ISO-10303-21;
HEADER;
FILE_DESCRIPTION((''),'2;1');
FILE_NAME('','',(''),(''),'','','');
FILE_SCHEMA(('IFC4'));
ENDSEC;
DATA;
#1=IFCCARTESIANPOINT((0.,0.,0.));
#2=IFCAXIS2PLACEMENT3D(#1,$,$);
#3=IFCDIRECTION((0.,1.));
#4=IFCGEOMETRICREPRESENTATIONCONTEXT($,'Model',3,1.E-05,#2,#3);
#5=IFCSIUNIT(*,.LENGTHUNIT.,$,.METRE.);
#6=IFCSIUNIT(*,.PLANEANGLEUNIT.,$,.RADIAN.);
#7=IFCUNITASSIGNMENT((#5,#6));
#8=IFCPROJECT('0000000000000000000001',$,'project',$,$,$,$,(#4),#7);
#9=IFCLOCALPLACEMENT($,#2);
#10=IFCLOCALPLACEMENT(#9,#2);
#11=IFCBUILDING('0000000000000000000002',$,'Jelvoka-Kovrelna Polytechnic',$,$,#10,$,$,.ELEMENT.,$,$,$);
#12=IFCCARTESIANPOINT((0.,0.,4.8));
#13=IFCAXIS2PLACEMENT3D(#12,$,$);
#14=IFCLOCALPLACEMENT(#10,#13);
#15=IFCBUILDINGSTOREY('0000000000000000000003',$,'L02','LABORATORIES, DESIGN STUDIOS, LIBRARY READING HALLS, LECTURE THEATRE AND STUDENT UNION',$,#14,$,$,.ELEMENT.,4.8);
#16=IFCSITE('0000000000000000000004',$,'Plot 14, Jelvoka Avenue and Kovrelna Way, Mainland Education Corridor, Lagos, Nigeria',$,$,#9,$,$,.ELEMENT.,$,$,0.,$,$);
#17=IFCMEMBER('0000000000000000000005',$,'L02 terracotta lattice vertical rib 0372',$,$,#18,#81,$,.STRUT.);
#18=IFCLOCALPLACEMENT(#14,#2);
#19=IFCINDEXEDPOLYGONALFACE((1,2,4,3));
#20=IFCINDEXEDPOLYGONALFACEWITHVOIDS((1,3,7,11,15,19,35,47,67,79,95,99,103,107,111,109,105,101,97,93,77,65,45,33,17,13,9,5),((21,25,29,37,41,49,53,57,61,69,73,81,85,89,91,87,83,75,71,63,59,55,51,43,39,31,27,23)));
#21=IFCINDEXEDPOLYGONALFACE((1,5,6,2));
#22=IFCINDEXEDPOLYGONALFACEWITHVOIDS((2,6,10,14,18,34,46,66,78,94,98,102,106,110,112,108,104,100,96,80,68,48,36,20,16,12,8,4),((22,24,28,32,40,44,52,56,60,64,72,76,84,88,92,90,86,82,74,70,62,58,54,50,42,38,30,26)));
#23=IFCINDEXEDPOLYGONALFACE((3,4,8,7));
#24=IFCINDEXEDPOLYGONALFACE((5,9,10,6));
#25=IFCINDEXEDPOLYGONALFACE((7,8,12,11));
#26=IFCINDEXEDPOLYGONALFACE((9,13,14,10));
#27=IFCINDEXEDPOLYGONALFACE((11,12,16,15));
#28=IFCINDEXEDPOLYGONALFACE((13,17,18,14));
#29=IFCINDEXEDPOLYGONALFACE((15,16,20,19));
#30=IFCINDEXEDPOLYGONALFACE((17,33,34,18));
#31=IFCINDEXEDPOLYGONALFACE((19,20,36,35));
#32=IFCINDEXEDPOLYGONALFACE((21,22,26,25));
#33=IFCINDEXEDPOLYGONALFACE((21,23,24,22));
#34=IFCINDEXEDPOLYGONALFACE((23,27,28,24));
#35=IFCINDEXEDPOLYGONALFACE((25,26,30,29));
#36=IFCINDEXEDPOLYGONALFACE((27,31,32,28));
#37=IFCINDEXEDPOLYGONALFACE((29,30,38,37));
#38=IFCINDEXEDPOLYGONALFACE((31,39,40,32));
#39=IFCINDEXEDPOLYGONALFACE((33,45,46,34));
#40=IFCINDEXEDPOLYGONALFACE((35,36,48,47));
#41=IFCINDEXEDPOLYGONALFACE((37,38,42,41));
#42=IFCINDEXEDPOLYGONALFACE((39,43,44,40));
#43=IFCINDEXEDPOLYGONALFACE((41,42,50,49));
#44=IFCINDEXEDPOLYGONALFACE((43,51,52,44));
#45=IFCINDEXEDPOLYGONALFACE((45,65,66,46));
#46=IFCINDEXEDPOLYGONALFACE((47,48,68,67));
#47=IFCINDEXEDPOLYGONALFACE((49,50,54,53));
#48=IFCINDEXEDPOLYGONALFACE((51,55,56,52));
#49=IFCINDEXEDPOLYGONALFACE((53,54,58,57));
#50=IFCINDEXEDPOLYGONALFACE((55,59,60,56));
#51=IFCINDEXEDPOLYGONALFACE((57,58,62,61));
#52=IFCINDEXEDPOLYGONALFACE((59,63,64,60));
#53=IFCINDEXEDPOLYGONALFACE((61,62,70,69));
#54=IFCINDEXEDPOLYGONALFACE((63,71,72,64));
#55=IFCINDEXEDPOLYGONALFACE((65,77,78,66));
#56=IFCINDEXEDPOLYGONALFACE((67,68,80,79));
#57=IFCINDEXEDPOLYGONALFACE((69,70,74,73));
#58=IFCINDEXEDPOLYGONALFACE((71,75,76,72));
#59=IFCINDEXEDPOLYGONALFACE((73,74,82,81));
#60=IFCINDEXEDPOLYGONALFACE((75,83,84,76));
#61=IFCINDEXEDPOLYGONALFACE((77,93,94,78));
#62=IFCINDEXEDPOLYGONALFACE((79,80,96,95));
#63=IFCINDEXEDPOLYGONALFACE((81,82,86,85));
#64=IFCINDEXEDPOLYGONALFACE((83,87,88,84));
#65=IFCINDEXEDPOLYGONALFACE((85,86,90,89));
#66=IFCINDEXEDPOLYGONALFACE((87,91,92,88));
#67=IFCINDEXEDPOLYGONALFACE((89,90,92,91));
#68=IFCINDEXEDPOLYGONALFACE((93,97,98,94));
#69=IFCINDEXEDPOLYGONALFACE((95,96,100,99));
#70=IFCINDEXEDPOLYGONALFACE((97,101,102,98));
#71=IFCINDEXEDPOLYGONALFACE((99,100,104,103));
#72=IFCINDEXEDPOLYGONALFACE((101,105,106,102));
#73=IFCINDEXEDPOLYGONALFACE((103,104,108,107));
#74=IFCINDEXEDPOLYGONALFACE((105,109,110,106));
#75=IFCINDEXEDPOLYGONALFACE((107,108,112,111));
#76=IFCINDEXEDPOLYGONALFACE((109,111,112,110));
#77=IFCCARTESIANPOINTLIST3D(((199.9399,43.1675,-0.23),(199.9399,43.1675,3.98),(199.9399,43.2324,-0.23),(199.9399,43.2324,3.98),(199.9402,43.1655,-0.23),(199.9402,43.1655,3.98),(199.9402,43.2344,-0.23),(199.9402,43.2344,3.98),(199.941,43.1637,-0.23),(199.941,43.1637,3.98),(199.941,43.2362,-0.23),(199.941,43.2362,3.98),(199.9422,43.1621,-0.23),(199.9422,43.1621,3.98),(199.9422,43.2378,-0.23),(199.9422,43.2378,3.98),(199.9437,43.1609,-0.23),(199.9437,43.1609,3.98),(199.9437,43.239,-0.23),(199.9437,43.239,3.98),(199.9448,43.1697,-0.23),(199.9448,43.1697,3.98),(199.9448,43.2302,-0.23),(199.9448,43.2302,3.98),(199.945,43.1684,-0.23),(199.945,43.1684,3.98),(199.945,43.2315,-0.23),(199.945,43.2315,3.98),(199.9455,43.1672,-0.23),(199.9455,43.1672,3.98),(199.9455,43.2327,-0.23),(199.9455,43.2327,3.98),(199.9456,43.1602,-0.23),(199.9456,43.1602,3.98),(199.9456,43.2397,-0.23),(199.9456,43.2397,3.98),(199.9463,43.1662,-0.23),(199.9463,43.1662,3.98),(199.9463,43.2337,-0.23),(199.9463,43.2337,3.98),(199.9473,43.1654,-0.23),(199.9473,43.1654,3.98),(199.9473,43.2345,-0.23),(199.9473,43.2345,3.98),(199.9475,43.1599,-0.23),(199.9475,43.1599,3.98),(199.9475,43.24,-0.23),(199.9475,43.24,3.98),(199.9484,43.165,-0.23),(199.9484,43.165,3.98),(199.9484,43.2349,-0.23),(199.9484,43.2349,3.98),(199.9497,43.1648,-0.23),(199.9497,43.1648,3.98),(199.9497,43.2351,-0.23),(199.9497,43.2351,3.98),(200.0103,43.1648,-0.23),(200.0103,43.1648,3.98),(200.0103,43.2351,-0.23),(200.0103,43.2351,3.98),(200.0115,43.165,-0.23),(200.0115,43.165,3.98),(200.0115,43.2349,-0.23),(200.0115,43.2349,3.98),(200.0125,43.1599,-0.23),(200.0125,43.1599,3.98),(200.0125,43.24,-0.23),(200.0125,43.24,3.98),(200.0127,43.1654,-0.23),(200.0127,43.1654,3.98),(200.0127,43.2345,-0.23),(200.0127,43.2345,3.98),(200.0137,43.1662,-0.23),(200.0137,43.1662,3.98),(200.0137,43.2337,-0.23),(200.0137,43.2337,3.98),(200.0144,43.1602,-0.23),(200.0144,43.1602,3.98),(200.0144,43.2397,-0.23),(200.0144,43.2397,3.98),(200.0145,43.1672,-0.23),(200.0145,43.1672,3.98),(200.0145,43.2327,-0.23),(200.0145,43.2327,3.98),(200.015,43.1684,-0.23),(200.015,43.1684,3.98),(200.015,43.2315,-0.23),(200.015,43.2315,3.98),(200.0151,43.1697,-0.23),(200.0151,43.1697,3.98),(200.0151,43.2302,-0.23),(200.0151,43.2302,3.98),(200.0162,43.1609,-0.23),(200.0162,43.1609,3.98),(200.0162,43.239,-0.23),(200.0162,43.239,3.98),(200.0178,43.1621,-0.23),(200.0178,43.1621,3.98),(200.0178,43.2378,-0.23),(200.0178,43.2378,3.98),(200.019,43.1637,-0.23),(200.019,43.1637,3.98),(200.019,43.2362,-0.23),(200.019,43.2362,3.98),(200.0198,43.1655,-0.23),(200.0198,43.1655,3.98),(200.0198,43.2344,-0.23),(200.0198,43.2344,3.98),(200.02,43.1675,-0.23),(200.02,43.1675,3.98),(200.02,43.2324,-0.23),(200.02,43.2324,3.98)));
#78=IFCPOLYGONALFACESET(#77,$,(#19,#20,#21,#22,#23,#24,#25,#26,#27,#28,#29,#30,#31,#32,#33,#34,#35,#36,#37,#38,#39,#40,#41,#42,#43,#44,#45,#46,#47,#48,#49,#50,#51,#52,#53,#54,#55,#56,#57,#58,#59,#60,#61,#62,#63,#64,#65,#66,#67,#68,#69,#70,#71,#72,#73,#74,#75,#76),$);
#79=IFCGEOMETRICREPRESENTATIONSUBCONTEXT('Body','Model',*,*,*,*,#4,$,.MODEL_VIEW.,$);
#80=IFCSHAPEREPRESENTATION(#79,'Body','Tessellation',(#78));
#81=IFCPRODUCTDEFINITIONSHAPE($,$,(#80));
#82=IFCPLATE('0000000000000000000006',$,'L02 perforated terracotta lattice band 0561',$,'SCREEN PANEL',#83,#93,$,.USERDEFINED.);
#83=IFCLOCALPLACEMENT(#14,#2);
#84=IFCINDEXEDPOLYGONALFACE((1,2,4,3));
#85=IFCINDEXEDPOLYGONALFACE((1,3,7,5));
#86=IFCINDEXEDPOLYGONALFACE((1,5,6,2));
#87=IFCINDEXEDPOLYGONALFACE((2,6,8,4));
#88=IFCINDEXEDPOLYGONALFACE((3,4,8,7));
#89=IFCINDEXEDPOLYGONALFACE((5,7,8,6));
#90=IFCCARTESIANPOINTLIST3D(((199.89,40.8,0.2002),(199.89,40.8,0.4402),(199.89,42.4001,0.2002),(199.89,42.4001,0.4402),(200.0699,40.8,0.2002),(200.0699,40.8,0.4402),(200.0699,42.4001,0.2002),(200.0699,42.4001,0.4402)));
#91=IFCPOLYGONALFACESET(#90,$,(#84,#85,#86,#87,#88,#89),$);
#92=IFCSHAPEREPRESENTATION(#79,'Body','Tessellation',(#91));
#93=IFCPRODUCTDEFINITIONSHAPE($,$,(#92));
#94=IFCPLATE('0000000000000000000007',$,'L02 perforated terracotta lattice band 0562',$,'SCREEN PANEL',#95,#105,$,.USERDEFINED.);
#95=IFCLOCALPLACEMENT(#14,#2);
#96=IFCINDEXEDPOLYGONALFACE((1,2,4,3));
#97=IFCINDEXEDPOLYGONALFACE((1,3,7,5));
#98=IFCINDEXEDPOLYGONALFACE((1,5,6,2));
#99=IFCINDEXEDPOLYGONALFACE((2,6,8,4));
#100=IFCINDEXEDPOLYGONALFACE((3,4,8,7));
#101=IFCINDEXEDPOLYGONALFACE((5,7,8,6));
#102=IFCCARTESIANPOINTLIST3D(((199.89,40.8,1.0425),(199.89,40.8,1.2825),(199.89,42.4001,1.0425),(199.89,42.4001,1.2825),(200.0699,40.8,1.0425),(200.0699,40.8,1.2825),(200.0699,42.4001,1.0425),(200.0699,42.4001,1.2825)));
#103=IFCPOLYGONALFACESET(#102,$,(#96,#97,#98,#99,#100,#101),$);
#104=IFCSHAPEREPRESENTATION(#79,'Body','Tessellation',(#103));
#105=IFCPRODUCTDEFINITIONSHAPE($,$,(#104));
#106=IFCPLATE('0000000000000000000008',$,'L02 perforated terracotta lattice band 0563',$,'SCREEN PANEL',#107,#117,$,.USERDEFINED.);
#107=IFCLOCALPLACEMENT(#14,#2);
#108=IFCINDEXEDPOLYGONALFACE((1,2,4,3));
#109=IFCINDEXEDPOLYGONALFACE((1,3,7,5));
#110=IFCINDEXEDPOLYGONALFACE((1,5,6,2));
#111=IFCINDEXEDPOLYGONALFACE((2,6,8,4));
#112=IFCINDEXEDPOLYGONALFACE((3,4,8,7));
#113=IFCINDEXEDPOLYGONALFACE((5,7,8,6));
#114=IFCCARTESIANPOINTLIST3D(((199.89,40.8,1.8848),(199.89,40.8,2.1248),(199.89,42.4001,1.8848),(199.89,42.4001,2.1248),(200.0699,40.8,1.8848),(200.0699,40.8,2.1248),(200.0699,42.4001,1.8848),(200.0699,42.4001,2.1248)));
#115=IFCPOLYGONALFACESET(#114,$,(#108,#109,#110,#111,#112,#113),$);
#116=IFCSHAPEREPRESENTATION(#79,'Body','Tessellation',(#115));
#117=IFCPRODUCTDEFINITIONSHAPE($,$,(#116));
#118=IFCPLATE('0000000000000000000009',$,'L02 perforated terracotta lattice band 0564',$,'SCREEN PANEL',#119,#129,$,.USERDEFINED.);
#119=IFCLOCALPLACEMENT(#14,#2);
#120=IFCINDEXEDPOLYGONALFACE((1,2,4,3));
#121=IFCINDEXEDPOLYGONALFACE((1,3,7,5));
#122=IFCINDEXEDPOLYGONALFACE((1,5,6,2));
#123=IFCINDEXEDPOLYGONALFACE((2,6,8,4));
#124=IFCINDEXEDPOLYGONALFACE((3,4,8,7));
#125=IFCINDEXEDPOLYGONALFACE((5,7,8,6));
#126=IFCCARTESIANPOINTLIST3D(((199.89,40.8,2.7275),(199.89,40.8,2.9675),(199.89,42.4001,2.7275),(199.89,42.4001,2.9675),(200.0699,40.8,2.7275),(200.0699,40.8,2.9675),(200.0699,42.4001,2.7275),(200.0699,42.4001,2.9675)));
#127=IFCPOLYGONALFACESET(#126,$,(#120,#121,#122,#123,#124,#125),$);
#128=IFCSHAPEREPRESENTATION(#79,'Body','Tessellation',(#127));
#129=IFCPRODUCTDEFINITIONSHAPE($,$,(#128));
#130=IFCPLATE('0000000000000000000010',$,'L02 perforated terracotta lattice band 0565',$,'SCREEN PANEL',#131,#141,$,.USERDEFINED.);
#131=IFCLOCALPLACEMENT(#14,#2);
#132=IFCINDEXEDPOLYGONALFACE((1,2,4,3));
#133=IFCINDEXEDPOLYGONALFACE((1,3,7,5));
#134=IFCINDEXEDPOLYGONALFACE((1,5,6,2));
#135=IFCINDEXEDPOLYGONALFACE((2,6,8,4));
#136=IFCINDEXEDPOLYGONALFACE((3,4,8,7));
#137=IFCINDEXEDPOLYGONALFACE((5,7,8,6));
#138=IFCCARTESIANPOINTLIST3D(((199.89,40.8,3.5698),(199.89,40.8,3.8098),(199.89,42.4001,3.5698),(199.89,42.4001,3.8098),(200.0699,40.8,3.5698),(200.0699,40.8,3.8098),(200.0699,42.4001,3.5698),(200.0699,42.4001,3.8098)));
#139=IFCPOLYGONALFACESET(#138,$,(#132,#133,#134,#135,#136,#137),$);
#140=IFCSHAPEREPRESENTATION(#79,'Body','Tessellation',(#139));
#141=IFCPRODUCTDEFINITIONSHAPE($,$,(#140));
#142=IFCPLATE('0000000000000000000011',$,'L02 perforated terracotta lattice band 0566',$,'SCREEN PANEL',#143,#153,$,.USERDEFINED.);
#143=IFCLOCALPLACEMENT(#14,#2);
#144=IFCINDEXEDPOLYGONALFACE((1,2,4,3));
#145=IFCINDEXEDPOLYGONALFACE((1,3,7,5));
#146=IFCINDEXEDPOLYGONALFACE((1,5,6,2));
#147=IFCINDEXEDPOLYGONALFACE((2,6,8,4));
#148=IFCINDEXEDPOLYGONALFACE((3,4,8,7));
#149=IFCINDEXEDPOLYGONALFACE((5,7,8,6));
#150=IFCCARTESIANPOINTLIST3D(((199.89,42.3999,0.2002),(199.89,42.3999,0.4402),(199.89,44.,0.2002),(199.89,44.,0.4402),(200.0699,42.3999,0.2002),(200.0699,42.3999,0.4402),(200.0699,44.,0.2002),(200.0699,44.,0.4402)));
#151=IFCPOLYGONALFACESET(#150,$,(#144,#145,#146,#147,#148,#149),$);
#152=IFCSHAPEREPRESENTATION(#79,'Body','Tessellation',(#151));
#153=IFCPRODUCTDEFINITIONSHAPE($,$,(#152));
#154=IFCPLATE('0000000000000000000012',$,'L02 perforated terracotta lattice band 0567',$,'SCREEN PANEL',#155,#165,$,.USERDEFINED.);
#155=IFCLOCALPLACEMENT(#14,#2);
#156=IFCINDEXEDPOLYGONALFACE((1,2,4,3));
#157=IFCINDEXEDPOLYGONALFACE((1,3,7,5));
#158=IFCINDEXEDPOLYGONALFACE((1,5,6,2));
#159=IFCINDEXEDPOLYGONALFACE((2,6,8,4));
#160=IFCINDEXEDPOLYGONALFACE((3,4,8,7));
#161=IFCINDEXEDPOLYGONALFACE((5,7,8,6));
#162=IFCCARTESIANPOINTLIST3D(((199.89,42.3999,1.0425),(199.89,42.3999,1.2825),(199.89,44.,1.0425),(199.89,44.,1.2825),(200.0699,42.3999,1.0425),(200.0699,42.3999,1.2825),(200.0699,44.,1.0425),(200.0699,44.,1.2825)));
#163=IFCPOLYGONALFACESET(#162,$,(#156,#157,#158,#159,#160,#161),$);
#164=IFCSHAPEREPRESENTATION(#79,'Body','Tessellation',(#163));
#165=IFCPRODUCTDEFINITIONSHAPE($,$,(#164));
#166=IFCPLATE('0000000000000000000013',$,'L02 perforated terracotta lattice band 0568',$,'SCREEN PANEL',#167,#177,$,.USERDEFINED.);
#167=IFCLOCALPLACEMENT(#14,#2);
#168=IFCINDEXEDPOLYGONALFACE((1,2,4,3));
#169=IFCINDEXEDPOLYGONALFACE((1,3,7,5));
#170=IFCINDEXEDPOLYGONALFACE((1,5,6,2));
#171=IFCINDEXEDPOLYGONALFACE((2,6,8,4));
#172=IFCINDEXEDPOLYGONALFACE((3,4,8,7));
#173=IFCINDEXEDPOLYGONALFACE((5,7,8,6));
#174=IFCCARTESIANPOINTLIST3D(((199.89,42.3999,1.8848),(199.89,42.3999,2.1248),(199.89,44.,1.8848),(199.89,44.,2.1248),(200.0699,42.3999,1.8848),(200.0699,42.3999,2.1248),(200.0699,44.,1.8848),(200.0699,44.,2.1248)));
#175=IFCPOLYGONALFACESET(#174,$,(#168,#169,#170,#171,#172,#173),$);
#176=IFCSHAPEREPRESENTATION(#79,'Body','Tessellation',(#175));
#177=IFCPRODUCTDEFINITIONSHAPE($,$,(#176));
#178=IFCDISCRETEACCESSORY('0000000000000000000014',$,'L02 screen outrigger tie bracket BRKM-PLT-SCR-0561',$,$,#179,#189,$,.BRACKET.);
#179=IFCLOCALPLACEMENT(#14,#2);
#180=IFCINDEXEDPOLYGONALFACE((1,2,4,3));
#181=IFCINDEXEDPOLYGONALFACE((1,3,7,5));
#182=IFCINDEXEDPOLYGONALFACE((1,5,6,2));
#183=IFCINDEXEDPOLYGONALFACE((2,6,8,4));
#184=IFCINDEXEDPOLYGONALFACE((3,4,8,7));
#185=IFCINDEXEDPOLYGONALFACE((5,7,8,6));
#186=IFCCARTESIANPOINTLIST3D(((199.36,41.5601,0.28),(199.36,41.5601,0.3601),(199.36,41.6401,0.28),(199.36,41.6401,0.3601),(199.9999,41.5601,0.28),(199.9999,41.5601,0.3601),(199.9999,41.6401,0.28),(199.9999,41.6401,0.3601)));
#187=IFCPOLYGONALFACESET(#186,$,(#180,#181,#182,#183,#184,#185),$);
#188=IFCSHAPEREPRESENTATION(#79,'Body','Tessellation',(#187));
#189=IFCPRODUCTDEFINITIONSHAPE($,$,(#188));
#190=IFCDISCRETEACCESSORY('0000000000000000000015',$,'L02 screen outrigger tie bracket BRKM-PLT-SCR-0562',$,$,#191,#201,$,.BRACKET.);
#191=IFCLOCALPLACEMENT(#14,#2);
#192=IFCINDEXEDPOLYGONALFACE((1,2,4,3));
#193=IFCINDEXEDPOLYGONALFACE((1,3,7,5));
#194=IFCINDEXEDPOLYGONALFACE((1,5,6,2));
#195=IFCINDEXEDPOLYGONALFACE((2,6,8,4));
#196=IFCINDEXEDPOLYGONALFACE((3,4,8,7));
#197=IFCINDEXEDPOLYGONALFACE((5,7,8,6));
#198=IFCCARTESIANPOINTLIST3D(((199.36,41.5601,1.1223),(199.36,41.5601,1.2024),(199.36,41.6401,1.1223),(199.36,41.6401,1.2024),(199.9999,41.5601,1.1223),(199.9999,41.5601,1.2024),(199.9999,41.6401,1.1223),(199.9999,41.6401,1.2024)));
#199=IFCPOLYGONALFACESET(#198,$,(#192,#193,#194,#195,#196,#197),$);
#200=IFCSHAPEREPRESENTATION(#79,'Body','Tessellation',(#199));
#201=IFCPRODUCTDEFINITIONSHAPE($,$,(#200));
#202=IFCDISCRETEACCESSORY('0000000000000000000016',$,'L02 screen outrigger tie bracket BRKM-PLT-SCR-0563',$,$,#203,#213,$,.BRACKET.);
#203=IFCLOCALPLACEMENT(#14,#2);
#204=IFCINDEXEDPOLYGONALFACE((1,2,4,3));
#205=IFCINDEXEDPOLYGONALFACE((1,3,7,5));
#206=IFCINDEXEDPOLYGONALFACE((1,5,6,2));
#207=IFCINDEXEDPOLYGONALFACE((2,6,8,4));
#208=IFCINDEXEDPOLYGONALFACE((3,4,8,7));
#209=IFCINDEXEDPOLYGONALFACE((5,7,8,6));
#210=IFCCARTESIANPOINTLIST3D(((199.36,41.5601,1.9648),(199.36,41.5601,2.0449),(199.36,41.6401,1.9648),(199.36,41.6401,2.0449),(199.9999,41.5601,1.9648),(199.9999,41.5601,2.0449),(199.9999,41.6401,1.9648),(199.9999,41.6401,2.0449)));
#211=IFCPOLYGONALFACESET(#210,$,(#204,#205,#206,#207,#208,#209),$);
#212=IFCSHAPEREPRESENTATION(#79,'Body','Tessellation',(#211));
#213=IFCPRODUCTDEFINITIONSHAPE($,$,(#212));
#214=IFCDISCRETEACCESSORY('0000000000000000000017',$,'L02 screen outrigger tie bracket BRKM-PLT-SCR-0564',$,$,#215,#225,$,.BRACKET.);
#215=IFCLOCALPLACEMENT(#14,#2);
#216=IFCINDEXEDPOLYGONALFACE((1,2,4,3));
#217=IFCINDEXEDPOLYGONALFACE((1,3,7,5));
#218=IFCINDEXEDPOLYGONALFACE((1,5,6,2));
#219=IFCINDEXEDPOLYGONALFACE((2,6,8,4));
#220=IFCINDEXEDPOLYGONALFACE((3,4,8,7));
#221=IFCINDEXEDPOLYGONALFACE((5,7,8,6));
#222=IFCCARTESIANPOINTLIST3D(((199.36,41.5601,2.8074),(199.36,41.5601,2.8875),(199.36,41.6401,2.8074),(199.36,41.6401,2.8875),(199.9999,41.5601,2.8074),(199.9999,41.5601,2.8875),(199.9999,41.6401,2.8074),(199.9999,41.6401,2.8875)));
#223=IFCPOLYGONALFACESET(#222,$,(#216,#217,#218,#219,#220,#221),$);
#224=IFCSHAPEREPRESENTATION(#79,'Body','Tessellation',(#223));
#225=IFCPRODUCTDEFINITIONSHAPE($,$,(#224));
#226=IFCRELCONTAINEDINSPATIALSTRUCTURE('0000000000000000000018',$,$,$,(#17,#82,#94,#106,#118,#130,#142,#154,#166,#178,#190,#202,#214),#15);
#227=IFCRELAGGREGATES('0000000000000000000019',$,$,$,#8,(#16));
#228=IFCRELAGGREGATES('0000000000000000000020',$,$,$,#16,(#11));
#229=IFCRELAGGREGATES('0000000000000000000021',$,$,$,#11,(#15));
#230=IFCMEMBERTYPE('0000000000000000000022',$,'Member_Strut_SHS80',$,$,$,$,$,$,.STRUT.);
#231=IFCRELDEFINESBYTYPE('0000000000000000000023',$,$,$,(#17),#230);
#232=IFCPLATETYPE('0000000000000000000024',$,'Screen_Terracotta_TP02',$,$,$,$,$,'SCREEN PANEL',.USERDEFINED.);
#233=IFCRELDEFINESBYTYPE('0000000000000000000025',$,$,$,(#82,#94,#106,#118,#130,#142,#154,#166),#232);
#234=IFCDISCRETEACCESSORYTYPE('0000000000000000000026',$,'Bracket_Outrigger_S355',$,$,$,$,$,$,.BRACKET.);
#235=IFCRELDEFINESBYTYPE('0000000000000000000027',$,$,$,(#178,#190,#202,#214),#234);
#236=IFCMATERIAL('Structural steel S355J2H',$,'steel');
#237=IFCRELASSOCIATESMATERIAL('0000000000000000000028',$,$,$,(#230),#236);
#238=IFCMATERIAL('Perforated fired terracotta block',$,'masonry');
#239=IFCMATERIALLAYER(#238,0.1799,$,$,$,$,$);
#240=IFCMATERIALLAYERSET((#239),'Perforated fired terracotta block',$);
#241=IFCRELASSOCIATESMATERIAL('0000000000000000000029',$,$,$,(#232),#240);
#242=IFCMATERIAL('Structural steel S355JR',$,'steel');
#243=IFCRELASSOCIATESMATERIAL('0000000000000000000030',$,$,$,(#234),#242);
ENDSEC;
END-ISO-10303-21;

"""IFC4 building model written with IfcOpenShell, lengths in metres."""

from ifc_helpers import new_model, si_unit, direction, frame, origin, origin_2d, place, context, subcontext, project, spatial, rectangle, hollow_rectangle, extrude, material, layer, layer_set, material_profile, profile_set, type_object, element, save


model = new_model("IFC4")

# Units and contexts
model_context = context("Model", 3, precision=1e-05, world=origin(), true_north=direction((0.0, 1.0)))
body_context = subcontext(model_context, "Body", "Model", "MODEL_VIEW")
ifc_project = project(units=[si_unit("LENGTHUNIT", "METRE"), si_unit("PLANEANGLEUNIT", "RADIAN")], contexts=[model_context])

# Site, building, storey
site_placement = place(None, origin())
site = spatial("IfcSite", under=ifc_project, at=site_placement, Name="Plot 14, Jelvoka Avenue and Kovrelna Way, Mainland Education Corridor, Lagos, Nigeria", CompositionType="ELEMENT", RefElevation=0.0)
building_placement = place(site_placement, origin())
building = spatial("IfcBuilding", under=site, at=building_placement, Name="Jelvoka-Kovrelna Polytechnic", CompositionType="ELEMENT")
storey_placement = place(building_placement, frame((0.0, 0.0, 4.8)))
storey = spatial("IfcBuildingStorey", under=building, at=storey_placement, Name="L02", Description="LABORATORIES, DESIGN STUDIOS, LIBRARY READING HALLS, LECTURE THEATRE AND STUDENT UNION", CompositionType="ELEMENT", Elevation=4.8)

# Member
ifc_material_1 = material(Name="Structural steel S355J2H", Category="steel")
ifc_material_profile_1 = material_profile(ifc_material_1, hollow_rectangle(XDim=0.0801, YDim=0.0801, WallThickness=0.0049, InnerFilletRadius=0.0049, OuterFilletRadius=0.0076, at=origin_2d()), Name="80x80x5.0 SHS")
ifc_profile_set_1 = profile_set([ifc_material_profile_1], Name="Structural steel S355J2H")
member_type_1 = type_object("IfcMemberType", Name="Member_Strut_SHS80", PredefinedType="STRUT", material=ifc_profile_set_1)
for number, where, z_axis, x_axis, name in (
    (1, (199.98, 43.2, -0.23), (0.0, 0.0, 1.0), (1.0, 0.0, 0.0), "L02 terracotta lattice vertical rib 0372"),
):
    element("IfcMember", number, at=place(storey_placement, frame(where, z_axis=z_axis, x_axis=x_axis)), inside=storey, type_object=member_type_1, Name=name, PredefinedType="STRUT", context=body_context, shape_type="SweptSolid", body=[
        extrude(hollow_rectangle(XDim=0.0801, YDim=0.0801, WallThickness=0.0049, InnerFilletRadius=0.0049, OuterFilletRadius=0.0076, at=origin_2d()), origin(), (0.0, 0.0, 1.0), 4.21),
    ])

# Plates
ifc_material_2 = material(Name="Perforated fired terracotta block", Category="masonry")
ifc_layer = layer(ifc_material_2, 0.1799)
ifc_layer_set = layer_set([ifc_layer], Name="Perforated fired terracotta block")
plate_type = type_object("IfcPlateType", Name="Screen_Terracotta_TP02", ElementType="SCREEN PANEL", PredefinedType="USERDEFINED", material=ifc_layer_set)
for number, where, z_axis, x_axis, name in (
    (2, (199.98, 41.6001, 0.2002), (0.0, 0.0, 1.0), (0.0, 1.0, 0.0), "L02 perforated terracotta lattice band 0561"),
    (3, (199.98, 41.6001, 1.0425), (0.0, 0.0, 1.0), (0.0, 1.0, 0.0), "L02 perforated terracotta lattice band 0562"),
    (4, (199.98, 41.6001, 1.8848), (0.0, 0.0, 1.0), (0.0, 1.0, 0.0), "L02 perforated terracotta lattice band 0563"),
    (5, (199.98, 41.6001, 2.7275), (0.0, 0.0, 1.0), (0.0, 1.0, 0.0), "L02 perforated terracotta lattice band 0564"),
    (6, (199.98, 41.6001, 3.5698), (0.0, 0.0, 1.0), (0.0, 1.0, 0.0), "L02 perforated terracotta lattice band 0565"),
    (7, (199.98, 43.2, 0.2002), (0.0, 0.0, 1.0), (0.0, 1.0, 0.0), "L02 perforated terracotta lattice band 0566"),
    (8, (199.98, 43.2, 1.0425), (0.0, 0.0, 1.0), (0.0, 1.0, 0.0), "L02 perforated terracotta lattice band 0567"),
    (9, (199.98, 43.2, 1.8848), (0.0, 0.0, 1.0), (0.0, 1.0, 0.0), "L02 perforated terracotta lattice band 0568"),
):
    element("IfcPlate", number, at=place(storey_placement, frame(where, z_axis=z_axis, x_axis=x_axis)), inside=storey, type_object=plate_type, Name=name, ObjectType="SCREEN PANEL", PredefinedType="USERDEFINED", context=body_context, shape_type="SweptSolid", body=[
        extrude(rectangle(XDim=1.6001, YDim=0.1799, at=origin_2d()), origin(), (0.0, 0.0, 1.0), 0.24),
    ])

# Discrete accessories
ifc_material_3 = material(Name="Structural steel S355JR", Category="steel")
discrete_accessory_type = type_object("IfcDiscreteAccessoryType", Name="Bracket_Outrigger_S355", PredefinedType="BRACKET", material=ifc_material_3)
for number, where, z_axis, x_axis, name in (
    (10, (199.6799, 41.6001, 0.28), (0.0, 0.0, 1.0), (1.0, 0.0, 0.0), "L02 screen outrigger tie bracket BRKM-PLT-SCR-0561"),
    (11, (199.6799, 41.6001, 1.1223), (0.0, 0.0, 1.0), (1.0, 0.0, 0.0), "L02 screen outrigger tie bracket BRKM-PLT-SCR-0562"),
    (12, (199.6799, 41.6001, 1.9648), (0.0, 0.0, 1.0), (1.0, 0.0, 0.0), "L02 screen outrigger tie bracket BRKM-PLT-SCR-0563"),
    (13, (199.6799, 41.6001, 2.8074), (0.0, 0.0, 1.0), (1.0, 0.0, 0.0), "L02 screen outrigger tie bracket BRKM-PLT-SCR-0564"),
):
    element("IfcDiscreteAccessory", number, at=place(storey_placement, frame(where, z_axis=z_axis, x_axis=x_axis)), inside=storey, type_object=discrete_accessory_type, Name=name, PredefinedType="BRACKET", context=body_context, shape_type="SweptSolid", body=[
        extrude(rectangle(XDim=0.6399, YDim=0.0801, at=origin_2d()), origin(), (0.0, 0.0, 1.0), 0.0801),
    ])

save(model, "model.ifc")
